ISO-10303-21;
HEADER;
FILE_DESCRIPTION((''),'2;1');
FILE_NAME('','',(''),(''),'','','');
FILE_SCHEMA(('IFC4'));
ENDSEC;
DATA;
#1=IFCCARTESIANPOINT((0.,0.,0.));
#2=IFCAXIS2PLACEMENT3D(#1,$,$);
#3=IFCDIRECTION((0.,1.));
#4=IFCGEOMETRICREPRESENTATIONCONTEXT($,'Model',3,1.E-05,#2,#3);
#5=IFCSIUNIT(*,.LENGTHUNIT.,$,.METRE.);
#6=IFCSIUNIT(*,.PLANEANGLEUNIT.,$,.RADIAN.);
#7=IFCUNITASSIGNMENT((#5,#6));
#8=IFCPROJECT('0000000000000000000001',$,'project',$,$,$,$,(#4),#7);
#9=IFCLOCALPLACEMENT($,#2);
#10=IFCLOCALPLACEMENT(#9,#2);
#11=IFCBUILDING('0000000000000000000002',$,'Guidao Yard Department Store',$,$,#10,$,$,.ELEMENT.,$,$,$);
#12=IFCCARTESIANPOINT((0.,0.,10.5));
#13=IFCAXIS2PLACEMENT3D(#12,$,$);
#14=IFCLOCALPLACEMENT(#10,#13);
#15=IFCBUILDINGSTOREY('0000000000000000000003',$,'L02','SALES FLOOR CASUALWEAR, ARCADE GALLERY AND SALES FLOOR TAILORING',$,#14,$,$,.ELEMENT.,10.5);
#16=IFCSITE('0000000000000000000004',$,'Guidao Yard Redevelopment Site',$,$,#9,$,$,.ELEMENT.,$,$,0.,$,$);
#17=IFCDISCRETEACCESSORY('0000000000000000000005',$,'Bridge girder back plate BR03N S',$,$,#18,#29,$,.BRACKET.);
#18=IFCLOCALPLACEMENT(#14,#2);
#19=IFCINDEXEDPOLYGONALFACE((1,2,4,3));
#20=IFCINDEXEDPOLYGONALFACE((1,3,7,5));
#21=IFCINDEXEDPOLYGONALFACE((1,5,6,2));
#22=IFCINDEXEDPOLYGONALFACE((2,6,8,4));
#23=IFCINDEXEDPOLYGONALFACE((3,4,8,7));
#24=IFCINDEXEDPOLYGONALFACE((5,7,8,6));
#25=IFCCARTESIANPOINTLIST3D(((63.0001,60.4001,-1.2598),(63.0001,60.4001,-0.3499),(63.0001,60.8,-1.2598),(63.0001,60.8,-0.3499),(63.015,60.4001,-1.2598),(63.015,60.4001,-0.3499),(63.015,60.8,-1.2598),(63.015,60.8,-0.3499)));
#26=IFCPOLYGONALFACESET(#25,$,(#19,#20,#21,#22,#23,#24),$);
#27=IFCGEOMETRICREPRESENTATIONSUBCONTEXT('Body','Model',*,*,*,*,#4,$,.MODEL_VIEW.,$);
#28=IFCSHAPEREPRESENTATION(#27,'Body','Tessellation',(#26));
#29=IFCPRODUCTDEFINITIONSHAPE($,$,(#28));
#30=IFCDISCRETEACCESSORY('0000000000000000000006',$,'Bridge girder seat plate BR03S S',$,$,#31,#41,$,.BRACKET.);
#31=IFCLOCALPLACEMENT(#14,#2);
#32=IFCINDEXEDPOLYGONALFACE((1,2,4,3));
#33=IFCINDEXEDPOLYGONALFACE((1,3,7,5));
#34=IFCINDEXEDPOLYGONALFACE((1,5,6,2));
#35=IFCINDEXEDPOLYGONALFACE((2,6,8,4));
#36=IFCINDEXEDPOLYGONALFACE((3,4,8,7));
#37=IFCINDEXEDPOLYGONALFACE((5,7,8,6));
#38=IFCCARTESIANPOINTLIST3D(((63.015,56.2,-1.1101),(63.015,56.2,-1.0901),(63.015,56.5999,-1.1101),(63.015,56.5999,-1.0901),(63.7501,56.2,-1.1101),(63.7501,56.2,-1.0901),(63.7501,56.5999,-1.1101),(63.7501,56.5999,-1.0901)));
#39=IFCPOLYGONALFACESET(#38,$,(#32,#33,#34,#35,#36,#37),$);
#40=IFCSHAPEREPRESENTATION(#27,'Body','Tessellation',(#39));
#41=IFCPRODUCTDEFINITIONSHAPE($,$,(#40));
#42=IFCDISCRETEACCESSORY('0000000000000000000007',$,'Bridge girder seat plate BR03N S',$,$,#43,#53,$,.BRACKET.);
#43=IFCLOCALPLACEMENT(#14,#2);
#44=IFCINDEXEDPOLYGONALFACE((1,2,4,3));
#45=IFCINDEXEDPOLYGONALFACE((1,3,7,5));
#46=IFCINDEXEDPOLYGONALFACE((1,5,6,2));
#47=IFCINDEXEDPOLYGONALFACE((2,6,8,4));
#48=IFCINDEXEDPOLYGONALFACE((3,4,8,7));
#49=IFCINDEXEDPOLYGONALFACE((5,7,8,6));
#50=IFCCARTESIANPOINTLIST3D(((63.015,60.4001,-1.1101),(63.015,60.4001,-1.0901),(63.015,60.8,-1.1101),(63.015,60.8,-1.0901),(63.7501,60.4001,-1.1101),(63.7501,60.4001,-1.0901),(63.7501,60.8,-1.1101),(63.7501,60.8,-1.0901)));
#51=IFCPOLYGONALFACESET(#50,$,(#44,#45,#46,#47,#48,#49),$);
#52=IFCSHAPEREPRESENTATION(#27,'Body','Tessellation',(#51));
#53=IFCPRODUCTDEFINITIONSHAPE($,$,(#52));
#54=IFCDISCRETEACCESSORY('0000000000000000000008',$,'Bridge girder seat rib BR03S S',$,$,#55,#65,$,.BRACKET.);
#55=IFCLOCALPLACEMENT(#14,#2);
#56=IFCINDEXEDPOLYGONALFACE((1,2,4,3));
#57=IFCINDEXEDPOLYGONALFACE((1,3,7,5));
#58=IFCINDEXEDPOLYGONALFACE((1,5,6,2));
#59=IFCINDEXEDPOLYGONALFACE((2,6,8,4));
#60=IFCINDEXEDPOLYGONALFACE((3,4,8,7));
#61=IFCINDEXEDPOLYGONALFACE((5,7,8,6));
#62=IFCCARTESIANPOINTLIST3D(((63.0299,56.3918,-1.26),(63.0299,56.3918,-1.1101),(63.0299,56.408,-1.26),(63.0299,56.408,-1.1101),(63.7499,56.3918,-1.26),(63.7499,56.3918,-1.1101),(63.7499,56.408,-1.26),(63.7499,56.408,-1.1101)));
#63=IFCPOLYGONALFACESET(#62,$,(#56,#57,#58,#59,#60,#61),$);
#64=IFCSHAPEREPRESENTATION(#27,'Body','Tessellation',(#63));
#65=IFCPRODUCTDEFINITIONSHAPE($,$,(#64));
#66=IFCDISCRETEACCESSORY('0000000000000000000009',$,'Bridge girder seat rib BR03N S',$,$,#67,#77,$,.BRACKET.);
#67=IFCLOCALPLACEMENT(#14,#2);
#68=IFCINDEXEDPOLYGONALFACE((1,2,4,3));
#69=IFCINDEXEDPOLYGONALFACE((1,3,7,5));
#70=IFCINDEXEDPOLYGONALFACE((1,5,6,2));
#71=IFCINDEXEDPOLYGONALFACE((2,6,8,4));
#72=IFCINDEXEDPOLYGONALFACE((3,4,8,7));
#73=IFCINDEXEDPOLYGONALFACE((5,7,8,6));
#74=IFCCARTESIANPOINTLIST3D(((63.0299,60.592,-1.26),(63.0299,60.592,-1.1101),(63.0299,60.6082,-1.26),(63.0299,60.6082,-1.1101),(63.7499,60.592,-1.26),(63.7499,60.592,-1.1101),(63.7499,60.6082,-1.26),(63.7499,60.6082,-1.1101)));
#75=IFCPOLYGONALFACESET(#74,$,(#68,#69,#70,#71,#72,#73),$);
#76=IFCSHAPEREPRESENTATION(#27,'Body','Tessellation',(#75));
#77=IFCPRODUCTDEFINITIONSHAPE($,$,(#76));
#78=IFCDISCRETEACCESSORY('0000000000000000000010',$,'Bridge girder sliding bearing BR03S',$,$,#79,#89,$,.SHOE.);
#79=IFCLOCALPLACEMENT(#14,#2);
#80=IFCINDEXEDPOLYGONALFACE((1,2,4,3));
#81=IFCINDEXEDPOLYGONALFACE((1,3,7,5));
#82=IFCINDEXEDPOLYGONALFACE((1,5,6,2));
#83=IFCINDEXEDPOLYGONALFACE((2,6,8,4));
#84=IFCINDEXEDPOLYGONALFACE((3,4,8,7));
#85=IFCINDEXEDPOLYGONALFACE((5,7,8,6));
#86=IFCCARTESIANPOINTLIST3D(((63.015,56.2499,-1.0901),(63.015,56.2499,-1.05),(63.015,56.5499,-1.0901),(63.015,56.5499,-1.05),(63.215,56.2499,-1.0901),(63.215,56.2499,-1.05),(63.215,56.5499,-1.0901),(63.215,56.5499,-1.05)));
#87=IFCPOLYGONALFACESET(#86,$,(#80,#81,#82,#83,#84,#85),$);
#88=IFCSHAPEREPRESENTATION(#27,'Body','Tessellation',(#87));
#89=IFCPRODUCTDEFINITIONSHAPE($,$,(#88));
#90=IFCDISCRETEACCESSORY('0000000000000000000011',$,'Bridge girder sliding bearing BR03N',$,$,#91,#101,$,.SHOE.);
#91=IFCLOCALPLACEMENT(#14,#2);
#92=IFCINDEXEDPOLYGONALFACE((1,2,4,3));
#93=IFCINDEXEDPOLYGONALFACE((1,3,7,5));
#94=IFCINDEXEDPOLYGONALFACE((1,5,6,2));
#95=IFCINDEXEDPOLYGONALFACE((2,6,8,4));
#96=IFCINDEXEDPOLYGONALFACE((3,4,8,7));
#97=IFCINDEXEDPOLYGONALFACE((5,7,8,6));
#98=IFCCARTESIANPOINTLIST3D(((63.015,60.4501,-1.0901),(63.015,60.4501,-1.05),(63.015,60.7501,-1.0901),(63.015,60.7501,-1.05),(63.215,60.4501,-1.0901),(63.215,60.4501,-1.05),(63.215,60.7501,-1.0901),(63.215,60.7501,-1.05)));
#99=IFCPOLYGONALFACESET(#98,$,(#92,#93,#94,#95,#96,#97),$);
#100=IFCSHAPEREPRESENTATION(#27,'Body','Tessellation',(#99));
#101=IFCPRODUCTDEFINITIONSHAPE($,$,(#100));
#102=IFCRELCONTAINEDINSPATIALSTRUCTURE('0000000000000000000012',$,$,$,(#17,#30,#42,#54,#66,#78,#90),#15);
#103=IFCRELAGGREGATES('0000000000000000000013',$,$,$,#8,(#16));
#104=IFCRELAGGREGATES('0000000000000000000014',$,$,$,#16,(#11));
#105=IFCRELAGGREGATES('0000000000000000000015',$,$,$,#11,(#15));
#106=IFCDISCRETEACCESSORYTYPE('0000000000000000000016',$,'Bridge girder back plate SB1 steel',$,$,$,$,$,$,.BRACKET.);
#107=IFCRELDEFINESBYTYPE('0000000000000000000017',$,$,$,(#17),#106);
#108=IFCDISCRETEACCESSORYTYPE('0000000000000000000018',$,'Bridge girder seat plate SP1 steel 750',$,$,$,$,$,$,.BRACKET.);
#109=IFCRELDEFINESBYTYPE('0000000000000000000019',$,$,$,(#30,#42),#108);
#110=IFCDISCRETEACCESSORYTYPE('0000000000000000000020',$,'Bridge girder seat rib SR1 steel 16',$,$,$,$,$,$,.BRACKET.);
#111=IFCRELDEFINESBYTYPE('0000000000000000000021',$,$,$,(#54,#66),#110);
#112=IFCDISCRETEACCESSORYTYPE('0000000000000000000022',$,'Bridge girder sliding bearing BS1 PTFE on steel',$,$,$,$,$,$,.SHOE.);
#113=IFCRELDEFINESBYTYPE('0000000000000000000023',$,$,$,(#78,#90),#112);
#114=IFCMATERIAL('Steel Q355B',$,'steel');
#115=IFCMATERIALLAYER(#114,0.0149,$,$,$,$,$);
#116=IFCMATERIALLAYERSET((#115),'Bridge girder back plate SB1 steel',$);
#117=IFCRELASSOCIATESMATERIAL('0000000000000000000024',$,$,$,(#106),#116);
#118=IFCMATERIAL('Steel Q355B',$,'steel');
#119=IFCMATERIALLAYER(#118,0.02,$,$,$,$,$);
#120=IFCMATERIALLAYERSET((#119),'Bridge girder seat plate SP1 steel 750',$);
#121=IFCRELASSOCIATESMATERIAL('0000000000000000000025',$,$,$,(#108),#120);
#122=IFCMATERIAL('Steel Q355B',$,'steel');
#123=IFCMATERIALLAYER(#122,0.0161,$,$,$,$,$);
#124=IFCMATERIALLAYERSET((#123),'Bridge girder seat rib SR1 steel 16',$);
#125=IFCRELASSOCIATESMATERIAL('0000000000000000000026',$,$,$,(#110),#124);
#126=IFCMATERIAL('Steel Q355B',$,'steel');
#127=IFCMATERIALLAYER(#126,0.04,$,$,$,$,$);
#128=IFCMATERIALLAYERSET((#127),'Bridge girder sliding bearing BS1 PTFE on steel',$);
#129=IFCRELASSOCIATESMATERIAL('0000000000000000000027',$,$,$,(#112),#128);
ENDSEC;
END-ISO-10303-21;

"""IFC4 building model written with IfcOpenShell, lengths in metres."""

from ifc_helpers import new_model, si_unit, direction, frame, origin, origin_2d, place, context, subcontext, project, spatial, rectangle, extrude, material, layer, layer_set, type_object, element, save


model = new_model("IFC4")

# Units and contexts
model_context = context("Model", 3, precision=1e-05, world=origin(), true_north=direction((0.0, 1.0)))
body_context = subcontext(model_context, "Body", "Model", "MODEL_VIEW")
ifc_project = project(units=[si_unit("LENGTHUNIT", "METRE"), si_unit("PLANEANGLEUNIT", "RADIAN")], contexts=[model_context])

# Site, building, storey
site_placement = place(None, origin())
site = spatial("IfcSite", under=ifc_project, at=site_placement, Name="Guidao Yard Redevelopment Site", CompositionType="ELEMENT", RefElevation=0.0)
building_placement = place(site_placement, origin())
building = spatial("IfcBuilding", under=site, at=building_placement, Name="Guidao Yard Department Store", CompositionType="ELEMENT")
storey_placement = place(building_placement, frame((0.0, 0.0, 10.5)))
storey = spatial("IfcBuildingStorey", under=building, at=storey_placement, Name="L02", Description="SALES FLOOR CASUALWEAR, ARCADE GALLERY AND SALES FLOOR TAILORING", CompositionType="ELEMENT", Elevation=10.5)

# Discrete accessories
ifc_material_1 = material(Name="Steel Q355B", Category="steel")
ifc_layer_1 = layer(ifc_material_1, 0.0149)
ifc_layer_set_1 = layer_set([ifc_layer_1], Name="Bridge girder back plate SB1 steel")
discrete_accessory_type_1 = type_object("IfcDiscreteAccessoryType", Name="Bridge girder back plate SB1 steel", PredefinedType="BRACKET", material=ifc_layer_set_1)
for number, where, z_axis, x_axis, name in (
    (1, (63.0076, 60.6001, -1.2598), (0.0, 0.0, 1.0), (1.0, 0.0, 0.0), "Bridge girder back plate BR03N S"),
):
    element("IfcDiscreteAccessory", number, at=place(storey_placement, frame(where, z_axis=z_axis, x_axis=x_axis)), inside=storey, type_object=discrete_accessory_type_1, Name=name, PredefinedType="BRACKET", context=body_context, shape_type="SweptSolid", body=[
        extrude(rectangle(XDim=0.0149, YDim=0.3999, at=origin_2d()), origin(), (0.0, 0.0, 1.0), 0.9099),
    ])
ifc_material_2 = material(Name="Steel Q355B", Category="steel")
ifc_layer_2 = layer(ifc_material_2, 0.02)
ifc_layer_set_2 = layer_set([ifc_layer_2], Name="Bridge girder seat plate SP1 steel 750")
discrete_accessory_type_2 = type_object("IfcDiscreteAccessoryType", Name="Bridge girder seat plate SP1 steel 750", PredefinedType="BRACKET", material=ifc_layer_set_2)
for number, where, z_axis, x_axis, name in (
    (2, (63.3826, 56.3999, -1.1101), (0.0, 0.0, 1.0), (1.0, 0.0, 0.0), "Bridge girder seat plate BR03S S"),
    (3, (63.3826, 60.6001, -1.1101), (0.0, 0.0, 1.0), (1.0, 0.0, 0.0), "Bridge girder seat plate BR03N S"),
):
    element("IfcDiscreteAccessory", number, at=place(storey_placement, frame(where, z_axis=z_axis, x_axis=x_axis)), inside=storey, type_object=discrete_accessory_type_2, Name=name, PredefinedType="BRACKET", context=body_context, shape_type="SweptSolid", body=[
        extrude(rectangle(XDim=0.7351, YDim=0.3999, at=origin_2d()), origin(), (0.0, 0.0, 1.0), 0.02),
    ])
ifc_material_3 = material(Name="Steel Q355B", Category="steel")
ifc_layer_3 = layer(ifc_material_3, 0.0161)
ifc_layer_set_3 = layer_set([ifc_layer_3], Name="Bridge girder seat rib SR1 steel 16")
discrete_accessory_type_3 = type_object("IfcDiscreteAccessoryType", Name="Bridge girder seat rib SR1 steel 16", PredefinedType="BRACKET", material=ifc_layer_set_3)
for number, where, z_axis, x_axis, name in (
    (4, (63.3899, 56.3999, -1.26), (0.0, 0.0, 1.0), (1.0, 0.0, 0.0), "Bridge girder seat rib BR03S S"),
    (5, (63.3899, 60.6001, -1.26), (0.0, 0.0, 1.0), (1.0, 0.0, 0.0), "Bridge girder seat rib BR03N S"),
):
    element("IfcDiscreteAccessory", number, at=place(storey_placement, frame(where, z_axis=z_axis, x_axis=x_axis)), inside=storey, type_object=discrete_accessory_type_3, Name=name, PredefinedType="BRACKET", context=body_context, shape_type="SweptSolid", body=[
        extrude(rectangle(XDim=0.72, YDim=0.0161, at=origin_2d()), origin(), (0.0, 0.0, 1.0), 0.1499),
    ])
ifc_material_4 = material(Name="Steel Q355B", Category="steel")
ifc_layer_4 = layer(ifc_material_4, 0.04)
ifc_layer_set_4 = layer_set([ifc_layer_4], Name="Bridge girder sliding bearing BS1 PTFE on steel")
discrete_accessory_type_4 = type_object("IfcDiscreteAccessoryType", Name="Bridge girder sliding bearing BS1 PTFE on steel", PredefinedType="SHOE", material=ifc_layer_set_4)
for number, where, z_axis, x_axis, name in (
    (6, (63.115, 56.3999, -1.0901), (0.0, 0.0, 1.0), (1.0, 0.0, 0.0), "Bridge girder sliding bearing BR03S"),
    (7, (63.115, 60.6001, -1.0901), (0.0, 0.0, 1.0), (1.0, 0.0, 0.0), "Bridge girder sliding bearing BR03N"),
):
    element("IfcDiscreteAccessory", number, at=place(storey_placement, frame(where, z_axis=z_axis, x_axis=x_axis)), inside=storey, type_object=discrete_accessory_type_4, Name=name, PredefinedType="SHOE", context=body_context, shape_type="SweptSolid", body=[
        extrude(rectangle(XDim=0.2, YDim=0.3, at=origin_2d()), origin(), (0.0, 0.0, 1.0), 0.04),
    ])

save(model, "model.ifc")
